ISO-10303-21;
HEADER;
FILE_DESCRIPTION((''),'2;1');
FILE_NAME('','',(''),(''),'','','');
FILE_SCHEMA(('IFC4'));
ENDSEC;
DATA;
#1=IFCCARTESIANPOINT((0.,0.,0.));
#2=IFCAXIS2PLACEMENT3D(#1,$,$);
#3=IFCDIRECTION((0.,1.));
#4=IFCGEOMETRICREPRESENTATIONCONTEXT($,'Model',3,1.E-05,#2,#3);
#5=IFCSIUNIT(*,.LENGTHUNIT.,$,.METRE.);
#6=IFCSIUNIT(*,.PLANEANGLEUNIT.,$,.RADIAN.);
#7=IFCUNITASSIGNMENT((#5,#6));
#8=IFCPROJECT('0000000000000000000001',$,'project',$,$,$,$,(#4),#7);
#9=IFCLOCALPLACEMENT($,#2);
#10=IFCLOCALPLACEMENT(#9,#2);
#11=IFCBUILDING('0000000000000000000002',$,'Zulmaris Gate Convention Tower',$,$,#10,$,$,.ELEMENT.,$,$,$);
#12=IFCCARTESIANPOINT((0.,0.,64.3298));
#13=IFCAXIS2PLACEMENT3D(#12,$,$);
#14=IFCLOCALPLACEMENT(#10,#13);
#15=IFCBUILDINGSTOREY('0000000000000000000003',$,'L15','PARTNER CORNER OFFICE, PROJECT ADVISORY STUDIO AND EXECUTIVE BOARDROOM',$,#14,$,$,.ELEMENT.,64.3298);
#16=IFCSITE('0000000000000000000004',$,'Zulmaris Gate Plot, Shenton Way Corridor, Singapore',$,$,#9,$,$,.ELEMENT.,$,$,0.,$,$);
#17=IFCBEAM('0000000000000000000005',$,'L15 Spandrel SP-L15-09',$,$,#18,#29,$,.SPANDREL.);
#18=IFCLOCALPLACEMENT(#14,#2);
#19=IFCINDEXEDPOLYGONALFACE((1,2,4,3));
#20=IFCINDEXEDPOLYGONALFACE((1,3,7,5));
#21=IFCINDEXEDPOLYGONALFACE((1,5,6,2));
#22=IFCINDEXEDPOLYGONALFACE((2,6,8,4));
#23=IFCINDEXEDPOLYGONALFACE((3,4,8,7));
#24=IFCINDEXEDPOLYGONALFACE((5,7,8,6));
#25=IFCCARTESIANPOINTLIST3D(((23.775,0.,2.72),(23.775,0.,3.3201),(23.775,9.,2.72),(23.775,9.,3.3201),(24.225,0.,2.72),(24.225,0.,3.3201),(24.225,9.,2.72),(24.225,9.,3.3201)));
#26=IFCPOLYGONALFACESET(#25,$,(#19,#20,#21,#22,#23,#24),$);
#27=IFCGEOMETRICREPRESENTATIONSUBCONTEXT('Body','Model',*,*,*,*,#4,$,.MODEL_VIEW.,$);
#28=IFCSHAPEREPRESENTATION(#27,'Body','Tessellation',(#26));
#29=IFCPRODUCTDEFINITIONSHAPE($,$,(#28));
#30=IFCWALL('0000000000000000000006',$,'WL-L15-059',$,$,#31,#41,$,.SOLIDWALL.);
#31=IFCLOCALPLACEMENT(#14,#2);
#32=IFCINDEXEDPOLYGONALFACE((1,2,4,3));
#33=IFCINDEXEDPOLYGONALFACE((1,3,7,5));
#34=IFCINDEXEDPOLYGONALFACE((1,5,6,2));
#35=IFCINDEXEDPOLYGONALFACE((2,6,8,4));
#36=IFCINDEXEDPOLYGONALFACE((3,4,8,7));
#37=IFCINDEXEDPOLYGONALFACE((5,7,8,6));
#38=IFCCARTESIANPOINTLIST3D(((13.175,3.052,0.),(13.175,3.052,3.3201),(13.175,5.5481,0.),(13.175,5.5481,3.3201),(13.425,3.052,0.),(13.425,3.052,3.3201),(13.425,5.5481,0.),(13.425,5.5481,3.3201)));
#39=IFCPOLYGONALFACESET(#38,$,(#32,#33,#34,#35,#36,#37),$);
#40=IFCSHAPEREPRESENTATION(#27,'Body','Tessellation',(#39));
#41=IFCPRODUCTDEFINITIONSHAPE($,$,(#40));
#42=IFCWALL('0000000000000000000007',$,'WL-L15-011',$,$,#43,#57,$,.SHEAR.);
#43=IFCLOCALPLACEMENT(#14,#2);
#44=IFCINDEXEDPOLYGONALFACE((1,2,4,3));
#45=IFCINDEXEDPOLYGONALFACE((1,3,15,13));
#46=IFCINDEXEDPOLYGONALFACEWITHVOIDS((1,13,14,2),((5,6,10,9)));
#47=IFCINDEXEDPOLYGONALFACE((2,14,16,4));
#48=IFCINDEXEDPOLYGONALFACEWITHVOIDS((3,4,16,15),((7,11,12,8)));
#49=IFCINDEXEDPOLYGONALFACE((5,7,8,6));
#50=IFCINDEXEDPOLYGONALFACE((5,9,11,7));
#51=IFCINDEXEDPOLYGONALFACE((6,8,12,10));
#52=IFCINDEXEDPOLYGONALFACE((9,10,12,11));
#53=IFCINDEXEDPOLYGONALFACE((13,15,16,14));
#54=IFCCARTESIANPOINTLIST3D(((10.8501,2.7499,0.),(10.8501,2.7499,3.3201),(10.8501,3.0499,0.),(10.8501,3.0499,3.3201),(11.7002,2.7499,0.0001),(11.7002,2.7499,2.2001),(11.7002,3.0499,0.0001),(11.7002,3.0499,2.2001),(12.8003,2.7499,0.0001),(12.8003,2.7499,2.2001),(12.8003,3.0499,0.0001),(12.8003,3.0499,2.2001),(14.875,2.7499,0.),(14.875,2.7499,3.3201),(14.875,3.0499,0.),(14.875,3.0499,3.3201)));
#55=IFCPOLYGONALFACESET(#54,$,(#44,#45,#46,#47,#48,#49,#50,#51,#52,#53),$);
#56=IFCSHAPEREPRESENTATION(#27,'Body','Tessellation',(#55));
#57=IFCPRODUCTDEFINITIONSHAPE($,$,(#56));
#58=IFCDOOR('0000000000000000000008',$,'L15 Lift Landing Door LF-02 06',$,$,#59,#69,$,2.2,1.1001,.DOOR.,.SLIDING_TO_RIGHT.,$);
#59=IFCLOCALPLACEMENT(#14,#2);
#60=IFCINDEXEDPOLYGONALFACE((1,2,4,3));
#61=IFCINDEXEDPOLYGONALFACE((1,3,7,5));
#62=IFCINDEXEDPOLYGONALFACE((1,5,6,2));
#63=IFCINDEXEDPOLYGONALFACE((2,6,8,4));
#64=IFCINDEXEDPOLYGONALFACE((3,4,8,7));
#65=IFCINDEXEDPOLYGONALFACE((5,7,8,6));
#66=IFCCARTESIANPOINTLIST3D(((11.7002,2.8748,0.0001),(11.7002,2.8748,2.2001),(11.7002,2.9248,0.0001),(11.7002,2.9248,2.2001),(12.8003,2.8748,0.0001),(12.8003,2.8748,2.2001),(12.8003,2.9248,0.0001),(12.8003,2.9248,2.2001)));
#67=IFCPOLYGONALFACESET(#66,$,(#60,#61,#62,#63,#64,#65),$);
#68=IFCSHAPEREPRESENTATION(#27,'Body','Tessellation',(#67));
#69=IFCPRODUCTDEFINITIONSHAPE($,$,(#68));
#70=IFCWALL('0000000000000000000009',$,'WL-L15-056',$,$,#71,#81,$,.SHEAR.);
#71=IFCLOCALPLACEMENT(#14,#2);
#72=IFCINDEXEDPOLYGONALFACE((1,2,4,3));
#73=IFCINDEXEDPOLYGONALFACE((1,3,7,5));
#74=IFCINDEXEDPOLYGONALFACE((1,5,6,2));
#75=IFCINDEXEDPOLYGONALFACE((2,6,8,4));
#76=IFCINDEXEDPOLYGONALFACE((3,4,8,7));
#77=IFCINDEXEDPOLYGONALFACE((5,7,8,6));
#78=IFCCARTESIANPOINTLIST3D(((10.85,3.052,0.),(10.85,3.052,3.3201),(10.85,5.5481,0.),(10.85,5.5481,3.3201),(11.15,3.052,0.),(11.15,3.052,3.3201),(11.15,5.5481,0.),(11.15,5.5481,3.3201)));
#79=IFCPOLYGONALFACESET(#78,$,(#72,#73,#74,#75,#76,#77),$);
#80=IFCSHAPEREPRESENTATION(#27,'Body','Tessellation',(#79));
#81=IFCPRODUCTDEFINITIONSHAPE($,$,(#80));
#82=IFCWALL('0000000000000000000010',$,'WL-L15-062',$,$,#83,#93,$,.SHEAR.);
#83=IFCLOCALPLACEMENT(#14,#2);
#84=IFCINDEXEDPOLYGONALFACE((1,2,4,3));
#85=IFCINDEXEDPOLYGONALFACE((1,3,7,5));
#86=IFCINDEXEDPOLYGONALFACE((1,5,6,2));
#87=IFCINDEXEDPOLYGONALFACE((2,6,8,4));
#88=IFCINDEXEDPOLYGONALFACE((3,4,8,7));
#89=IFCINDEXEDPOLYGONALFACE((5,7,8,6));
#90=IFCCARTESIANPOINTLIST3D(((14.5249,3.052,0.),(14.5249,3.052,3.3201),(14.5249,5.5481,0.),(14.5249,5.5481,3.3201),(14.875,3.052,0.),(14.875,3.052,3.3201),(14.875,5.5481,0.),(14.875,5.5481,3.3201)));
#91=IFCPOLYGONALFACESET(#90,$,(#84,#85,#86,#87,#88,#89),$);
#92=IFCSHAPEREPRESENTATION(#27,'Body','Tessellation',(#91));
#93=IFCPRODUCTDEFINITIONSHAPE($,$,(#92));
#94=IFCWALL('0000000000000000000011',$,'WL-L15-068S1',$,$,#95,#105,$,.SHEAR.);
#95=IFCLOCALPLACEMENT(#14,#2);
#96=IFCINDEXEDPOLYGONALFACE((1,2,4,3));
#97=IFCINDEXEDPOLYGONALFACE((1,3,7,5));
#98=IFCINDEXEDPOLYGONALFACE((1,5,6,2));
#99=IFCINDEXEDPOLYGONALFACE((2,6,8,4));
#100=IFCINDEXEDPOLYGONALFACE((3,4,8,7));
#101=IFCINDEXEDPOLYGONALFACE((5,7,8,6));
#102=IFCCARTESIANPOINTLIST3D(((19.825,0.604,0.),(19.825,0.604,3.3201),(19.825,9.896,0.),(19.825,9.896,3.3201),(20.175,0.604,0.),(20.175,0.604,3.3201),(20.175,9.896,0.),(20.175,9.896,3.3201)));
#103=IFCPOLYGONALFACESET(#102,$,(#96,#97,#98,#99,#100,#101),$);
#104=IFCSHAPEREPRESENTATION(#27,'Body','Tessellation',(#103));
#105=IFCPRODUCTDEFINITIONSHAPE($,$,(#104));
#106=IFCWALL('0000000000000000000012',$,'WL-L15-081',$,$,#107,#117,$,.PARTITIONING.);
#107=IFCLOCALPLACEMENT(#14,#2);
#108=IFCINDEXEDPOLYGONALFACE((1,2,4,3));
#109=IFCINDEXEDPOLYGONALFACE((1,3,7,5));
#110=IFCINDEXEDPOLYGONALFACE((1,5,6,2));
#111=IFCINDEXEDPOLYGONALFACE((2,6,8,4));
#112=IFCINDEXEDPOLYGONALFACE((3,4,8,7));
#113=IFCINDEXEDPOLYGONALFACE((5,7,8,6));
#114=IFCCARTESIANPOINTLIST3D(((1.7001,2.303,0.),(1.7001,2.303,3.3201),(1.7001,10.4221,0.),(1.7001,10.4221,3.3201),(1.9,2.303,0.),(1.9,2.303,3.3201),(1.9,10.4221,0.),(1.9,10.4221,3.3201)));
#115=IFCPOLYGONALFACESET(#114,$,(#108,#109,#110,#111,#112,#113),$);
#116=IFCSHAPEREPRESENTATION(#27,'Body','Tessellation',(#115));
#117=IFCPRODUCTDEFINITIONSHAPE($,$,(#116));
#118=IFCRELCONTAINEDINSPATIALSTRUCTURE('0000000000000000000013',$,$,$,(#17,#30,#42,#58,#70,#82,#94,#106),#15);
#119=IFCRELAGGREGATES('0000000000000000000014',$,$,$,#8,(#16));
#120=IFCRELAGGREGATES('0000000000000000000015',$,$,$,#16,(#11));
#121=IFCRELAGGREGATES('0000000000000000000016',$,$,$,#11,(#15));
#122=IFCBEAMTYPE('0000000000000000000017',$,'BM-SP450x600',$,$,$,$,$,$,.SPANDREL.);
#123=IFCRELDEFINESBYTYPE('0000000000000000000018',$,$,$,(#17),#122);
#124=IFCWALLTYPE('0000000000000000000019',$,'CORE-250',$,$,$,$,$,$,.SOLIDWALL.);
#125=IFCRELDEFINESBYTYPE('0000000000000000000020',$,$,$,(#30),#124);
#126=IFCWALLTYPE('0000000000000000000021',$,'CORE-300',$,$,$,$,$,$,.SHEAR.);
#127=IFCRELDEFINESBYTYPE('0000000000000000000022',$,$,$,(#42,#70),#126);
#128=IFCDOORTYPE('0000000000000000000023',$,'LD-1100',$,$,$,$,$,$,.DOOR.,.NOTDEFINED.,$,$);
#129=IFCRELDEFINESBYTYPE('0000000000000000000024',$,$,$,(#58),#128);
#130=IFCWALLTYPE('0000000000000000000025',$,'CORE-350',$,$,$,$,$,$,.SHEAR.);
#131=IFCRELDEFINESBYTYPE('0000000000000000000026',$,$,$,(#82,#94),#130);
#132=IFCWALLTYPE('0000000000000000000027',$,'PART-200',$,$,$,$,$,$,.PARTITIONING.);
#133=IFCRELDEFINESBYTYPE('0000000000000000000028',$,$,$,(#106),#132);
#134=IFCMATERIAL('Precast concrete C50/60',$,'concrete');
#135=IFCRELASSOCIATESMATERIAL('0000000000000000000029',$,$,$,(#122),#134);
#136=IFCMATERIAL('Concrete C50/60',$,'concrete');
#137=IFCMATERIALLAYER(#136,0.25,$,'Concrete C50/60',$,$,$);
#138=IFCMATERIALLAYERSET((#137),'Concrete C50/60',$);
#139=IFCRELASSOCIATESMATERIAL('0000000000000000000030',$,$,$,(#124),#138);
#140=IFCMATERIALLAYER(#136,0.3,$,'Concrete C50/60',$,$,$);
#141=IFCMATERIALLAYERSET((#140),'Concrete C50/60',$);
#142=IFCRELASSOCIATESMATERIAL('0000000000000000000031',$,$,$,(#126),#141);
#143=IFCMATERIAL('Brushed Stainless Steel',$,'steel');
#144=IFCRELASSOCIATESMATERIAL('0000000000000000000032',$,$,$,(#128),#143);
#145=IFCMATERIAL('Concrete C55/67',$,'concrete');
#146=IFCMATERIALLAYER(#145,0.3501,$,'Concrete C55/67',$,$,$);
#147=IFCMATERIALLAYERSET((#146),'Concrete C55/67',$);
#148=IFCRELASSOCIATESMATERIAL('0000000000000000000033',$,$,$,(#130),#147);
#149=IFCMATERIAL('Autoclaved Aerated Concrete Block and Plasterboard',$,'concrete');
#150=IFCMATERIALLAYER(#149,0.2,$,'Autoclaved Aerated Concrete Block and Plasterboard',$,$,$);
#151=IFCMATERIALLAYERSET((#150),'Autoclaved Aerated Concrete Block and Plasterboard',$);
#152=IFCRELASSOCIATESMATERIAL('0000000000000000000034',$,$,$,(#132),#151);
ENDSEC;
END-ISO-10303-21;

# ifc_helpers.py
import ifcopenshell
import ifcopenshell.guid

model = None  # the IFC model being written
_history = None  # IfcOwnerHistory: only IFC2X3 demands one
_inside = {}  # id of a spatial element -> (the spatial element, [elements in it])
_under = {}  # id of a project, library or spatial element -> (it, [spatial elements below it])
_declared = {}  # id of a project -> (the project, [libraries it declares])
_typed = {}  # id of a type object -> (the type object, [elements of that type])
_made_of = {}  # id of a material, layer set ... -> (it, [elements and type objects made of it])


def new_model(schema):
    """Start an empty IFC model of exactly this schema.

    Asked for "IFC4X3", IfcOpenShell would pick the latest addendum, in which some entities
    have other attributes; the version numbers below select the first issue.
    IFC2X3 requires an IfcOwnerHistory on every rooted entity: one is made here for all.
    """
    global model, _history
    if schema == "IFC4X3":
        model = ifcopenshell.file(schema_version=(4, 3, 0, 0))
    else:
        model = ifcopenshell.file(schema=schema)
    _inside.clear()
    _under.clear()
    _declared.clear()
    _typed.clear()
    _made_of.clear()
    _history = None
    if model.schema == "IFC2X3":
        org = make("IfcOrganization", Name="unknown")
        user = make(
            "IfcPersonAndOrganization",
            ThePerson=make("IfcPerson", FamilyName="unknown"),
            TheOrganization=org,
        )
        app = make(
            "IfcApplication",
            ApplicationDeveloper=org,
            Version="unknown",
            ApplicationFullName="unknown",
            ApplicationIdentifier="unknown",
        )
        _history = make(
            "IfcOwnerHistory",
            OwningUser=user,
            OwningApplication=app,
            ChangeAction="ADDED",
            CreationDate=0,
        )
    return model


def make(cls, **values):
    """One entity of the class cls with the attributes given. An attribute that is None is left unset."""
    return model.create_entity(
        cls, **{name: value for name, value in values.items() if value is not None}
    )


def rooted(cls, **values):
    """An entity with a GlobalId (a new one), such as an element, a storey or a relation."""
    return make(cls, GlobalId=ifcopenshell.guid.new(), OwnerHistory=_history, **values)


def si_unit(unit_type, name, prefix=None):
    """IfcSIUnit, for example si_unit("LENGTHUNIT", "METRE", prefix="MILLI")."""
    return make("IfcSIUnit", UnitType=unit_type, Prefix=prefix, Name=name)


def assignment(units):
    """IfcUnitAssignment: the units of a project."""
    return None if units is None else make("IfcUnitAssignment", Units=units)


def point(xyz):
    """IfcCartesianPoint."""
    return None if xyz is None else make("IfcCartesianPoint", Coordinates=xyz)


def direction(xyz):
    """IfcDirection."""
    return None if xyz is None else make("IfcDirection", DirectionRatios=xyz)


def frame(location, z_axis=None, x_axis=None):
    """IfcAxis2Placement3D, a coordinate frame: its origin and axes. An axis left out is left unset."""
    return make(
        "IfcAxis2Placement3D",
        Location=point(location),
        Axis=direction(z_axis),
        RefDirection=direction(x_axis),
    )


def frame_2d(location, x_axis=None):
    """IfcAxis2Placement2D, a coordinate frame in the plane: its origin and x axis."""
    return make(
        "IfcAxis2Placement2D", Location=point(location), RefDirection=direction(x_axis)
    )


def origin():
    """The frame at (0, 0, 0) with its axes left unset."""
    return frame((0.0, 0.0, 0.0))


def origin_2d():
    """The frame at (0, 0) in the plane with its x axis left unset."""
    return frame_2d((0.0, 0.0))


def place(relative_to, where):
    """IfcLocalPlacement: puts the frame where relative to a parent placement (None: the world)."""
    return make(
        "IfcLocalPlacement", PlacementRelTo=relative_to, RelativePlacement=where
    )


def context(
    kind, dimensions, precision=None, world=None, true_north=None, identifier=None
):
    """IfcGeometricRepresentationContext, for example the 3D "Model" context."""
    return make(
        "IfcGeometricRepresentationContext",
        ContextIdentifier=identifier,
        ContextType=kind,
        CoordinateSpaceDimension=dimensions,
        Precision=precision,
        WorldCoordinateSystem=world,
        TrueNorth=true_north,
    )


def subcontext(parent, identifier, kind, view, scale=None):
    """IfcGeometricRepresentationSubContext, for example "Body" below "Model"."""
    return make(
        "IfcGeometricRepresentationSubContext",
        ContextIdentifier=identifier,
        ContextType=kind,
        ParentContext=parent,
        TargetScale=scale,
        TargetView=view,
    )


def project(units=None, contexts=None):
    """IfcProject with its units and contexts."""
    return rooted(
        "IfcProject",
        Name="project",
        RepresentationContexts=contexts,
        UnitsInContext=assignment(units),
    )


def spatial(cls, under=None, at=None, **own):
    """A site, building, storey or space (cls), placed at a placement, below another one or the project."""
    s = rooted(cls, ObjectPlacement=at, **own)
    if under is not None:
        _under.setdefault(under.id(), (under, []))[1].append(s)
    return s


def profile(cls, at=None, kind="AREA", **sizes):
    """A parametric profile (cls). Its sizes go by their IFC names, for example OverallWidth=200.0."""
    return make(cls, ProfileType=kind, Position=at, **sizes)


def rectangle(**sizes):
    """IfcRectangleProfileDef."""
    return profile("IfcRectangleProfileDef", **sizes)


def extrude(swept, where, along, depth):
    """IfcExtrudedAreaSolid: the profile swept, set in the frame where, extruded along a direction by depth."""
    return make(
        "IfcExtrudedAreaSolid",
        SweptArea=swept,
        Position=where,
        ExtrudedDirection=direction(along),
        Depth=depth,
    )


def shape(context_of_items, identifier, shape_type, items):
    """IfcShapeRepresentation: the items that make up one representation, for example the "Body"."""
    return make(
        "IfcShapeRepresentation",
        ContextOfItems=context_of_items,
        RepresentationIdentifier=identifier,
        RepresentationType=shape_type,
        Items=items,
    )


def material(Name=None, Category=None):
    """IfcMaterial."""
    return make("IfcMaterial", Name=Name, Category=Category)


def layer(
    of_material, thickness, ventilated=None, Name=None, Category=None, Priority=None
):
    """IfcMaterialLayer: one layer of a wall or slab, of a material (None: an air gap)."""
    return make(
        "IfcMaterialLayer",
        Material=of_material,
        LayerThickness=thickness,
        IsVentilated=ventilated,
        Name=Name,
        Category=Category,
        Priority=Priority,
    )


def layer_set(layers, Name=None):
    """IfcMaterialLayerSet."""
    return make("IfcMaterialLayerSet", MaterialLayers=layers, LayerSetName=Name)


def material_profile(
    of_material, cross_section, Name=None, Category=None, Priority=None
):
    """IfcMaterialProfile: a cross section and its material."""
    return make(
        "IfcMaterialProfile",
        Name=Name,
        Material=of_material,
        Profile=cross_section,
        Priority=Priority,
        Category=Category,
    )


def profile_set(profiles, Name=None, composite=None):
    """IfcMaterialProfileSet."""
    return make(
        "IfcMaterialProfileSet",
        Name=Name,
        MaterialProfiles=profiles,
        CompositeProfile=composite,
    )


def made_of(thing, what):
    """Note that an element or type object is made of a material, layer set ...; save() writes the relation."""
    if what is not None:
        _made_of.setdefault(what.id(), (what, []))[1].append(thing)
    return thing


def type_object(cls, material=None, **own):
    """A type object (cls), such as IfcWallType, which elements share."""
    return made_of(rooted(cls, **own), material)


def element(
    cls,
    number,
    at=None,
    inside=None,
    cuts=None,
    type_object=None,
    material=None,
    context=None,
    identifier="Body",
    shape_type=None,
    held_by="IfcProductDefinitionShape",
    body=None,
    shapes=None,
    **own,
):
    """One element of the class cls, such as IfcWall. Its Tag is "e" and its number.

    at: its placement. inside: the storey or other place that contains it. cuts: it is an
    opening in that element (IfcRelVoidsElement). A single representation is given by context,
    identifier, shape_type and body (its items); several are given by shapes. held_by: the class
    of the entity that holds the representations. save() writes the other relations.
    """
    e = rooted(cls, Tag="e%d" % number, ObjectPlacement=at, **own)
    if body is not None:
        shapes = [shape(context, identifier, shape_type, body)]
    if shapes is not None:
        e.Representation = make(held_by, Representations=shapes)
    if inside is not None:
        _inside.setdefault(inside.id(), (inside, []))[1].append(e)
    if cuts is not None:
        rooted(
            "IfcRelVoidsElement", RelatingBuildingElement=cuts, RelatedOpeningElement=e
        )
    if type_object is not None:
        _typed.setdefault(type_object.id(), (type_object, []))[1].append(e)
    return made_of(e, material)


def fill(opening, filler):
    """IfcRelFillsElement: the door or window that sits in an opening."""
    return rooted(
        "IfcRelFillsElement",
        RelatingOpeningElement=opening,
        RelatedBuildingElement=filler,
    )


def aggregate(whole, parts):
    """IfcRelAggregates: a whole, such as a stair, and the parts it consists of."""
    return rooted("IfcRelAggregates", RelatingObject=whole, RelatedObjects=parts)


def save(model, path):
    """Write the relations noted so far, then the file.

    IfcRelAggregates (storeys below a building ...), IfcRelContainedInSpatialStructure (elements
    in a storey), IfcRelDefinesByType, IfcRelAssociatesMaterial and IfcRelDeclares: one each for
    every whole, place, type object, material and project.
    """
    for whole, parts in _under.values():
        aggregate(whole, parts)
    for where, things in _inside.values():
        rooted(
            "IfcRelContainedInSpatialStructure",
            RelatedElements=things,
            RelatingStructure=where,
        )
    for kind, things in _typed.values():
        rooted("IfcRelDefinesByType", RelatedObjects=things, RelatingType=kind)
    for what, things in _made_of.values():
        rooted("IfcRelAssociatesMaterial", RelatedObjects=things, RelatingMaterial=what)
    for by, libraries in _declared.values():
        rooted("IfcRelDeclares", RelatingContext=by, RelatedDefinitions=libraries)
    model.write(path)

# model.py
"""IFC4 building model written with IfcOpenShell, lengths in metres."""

from ifc_helpers import new_model, si_unit, direction, frame, frame_2d, origin, origin_2d, place, context, subcontext, project, spatial, rectangle, extrude, material, layer, layer_set, material_profile, profile_set, type_object, element, fill, save


model = new_model("IFC4")

# Units and contexts
model_context = context("Model", 3, precision=1e-05, world=origin(), true_north=direction((0.0, 1.0)))
body_context = subcontext(model_context, "Body", "Model", "MODEL_VIEW")
ifc_project = project(units=[si_unit("LENGTHUNIT", "METRE"), si_unit("PLANEANGLEUNIT", "RADIAN")], contexts=[model_context])

# Site, building, storey
site_placement = place(None, origin())
site = spatial("IfcSite", under=ifc_project, at=site_placement, Name="Zulmaris Gate Plot, Shenton Way Corridor, Singapore", CompositionType="ELEMENT", RefElevation=0.0)
building_placement = place(site_placement, origin())
building = spatial("IfcBuilding", under=site, at=building_placement, Name="Zulmaris Gate Convention Tower", CompositionType="ELEMENT")
storey_placement = place(building_placement, frame((0.0, 0.0, 64.3298)))
storey = spatial("IfcBuildingStorey", under=building, at=storey_placement, Name="L15", Description="PARTNER CORNER OFFICE, PROJECT ADVISORY STUDIO AND EXECUTIVE BOARDROOM", CompositionType="ELEMENT", Elevation=64.3298)

# Beam
ifc_material_1 = material(Name="Precast concrete C50/60", Category="concrete")
ifc_material_profile_1 = material_profile(ifc_material_1, rectangle(XDim=0.45, YDim=0.6001, at=origin_2d()), Name="RC SPANDREL 450x600")
ifc_profile_set_1 = profile_set([ifc_material_profile_1], Name="Precast concrete C50/60")
beam_type_1 = type_object("IfcBeamType", Name="BM-SP450x600", PredefinedType="SPANDREL", material=ifc_profile_set_1)
beam_1_placement = place(storey_placement, frame((24.0, 0.0, 3.02), z_axis=(0.0, 1.0, 0.0), x_axis=(-1.0, 0.0, 0.0)))
element("IfcBeam", 1, at=beam_1_placement, inside=storey, type_object=beam_type_1, Name="L15 Spandrel SP-L15-09", PredefinedType="SPANDREL", context=body_context, shape_type="SweptSolid", body=[
    extrude(rectangle(XDim=0.45, YDim=0.6001, at=origin_2d()), origin(), (0.0, 0.0, 1.0), 9.0),
])

# Wall
ifc_material_2 = material(Name="Concrete C50/60", Category="concrete")
ifc_layer_1 = layer(ifc_material_2, 0.25, Name="Concrete C50/60")
ifc_layer_set_1 = layer_set([ifc_layer_1], Name="Concrete C50/60")
wall_type_1 = type_object("IfcWallType", Name="CORE-250", PredefinedType="SOLIDWALL", material=ifc_layer_set_1)
wall_1_placement = place(storey_placement, frame((13.3, 3.052, 0.0), z_axis=(0.0, 0.0, 1.0), x_axis=(0.0, 1.0, 0.0)))
element("IfcWall", 2, at=wall_1_placement, inside=storey, type_object=wall_type_1, Name="WL-L15-059", PredefinedType="SOLIDWALL", context=body_context, shape_type="SweptSolid", body=[
    extrude(rectangle(XDim=2.4961, YDim=0.25, at=frame_2d((1.248, 0.0))), origin(), (0.0, 0.0, 1.0), 3.3201),
])

# Wall, opening, door
ifc_layer_2 = layer(ifc_material_2, 0.3, Name="Concrete C50/60")
ifc_layer_set_2 = layer_set([ifc_layer_2], Name="Concrete C50/60")
wall_type_2 = type_object("IfcWallType", Name="CORE-300", PredefinedType="SHEAR", material=ifc_layer_set_2)
wall_2_placement = place(storey_placement, frame((10.8501, 2.8999, 0.0), z_axis=(0.0, 0.0, 1.0), x_axis=(1.0, 0.0, 0.0)))
wall_2 = element("IfcWall", 3, at=wall_2_placement, inside=storey, type_object=wall_type_2, Name="WL-L15-011", PredefinedType="SHEAR", context=body_context, shape_type="SweptSolid", body=[
    extrude(rectangle(XDim=4.0249, YDim=0.3, at=frame_2d((2.0125, 0.0))), origin(), (0.0, 0.0, 1.0), 3.3201),
])
opening_1_placement = place(wall_2_placement, frame((0.8501, 0.0, 0.0)))
opening_1 = element("IfcOpeningElement", 4, at=opening_1_placement, cuts=wall_2, PredefinedType="OPENING", context=body_context, shape_type="SweptSolid", body=[
    extrude(rectangle(XDim=1.1001, YDim=2.2, at=frame_2d((0.55, 1.1001))), frame((0.0, 0.1602, 0.0), z_axis=(0.0, -1.0, 0.0), x_axis=(1.0, 0.0, 0.0)), (0.0, 0.0, 1.0), 0.3201),
])
ifc_material_3 = material(Name="Brushed Stainless Steel", Category="steel")
door_type_1 = type_object("IfcDoorType", Name="LD-1100", OperationType="NOTDEFINED", PredefinedType="DOOR", material=ifc_material_3)
door_1_placement = place(opening_1_placement, origin())
door_1 = element("IfcDoor", 5, at=door_1_placement, inside=storey, type_object=door_type_1, Name="L15 Lift Landing Door LF-02 06", OperationType="SLIDING_TO_RIGHT", OverallHeight=2.2, OverallWidth=1.1001, PredefinedType="DOOR", context=body_context, shape_type="SweptSolid", body=[
    extrude(rectangle(XDim=1.1001, YDim=2.2, at=frame_2d((0.55, 1.1001))), frame((0.0, 0.0249, 0.0), z_axis=(0.0, -1.0, 0.0), x_axis=(1.0, 0.0, 0.0)), (0.0, 0.0, 1.0), 0.05),
])
fill(opening_1, door_1)

# Walls
wall_3_placement = place(storey_placement, frame((11.0, 3.052, 0.0), z_axis=(0.0, 0.0, 1.0), x_axis=(0.0, 1.0, 0.0)))
element("IfcWall", 6, at=wall_3_placement, inside=storey, type_object=wall_type_2, Name="WL-L15-056", PredefinedType="SHEAR", context=body_context, shape_type="SweptSolid", body=[
    extrude(rectangle(XDim=2.4961, YDim=0.3, at=frame_2d((1.248, 0.0))), origin(), (0.0, 0.0, 1.0), 3.3201),
])
ifc_material_4 = material(Name="Concrete C55/67", Category="concrete")
ifc_layer_3 = layer(ifc_material_4, 0.3501, Name="Concrete C55/67")
ifc_layer_set_3 = layer_set([ifc_layer_3], Name="Concrete C55/67")
wall_type_3 = type_object("IfcWallType", Name="CORE-350", PredefinedType="SHEAR", material=ifc_layer_set_3)
wall_4_placement = place(storey_placement, frame((14.7, 3.052, 0.0), z_axis=(0.0, 0.0, 1.0), x_axis=(0.0, 1.0, 0.0)))
element("IfcWall", 7, at=wall_4_placement, inside=storey, type_object=wall_type_3, Name="WL-L15-062", PredefinedType="SHEAR", context=body_context, shape_type="SweptSolid", body=[
    extrude(rectangle(XDim=2.4961, YDim=0.3501, at=frame_2d((1.248, 0.0))), origin(), (0.0, 0.0, 1.0), 3.3201),
])
wall_5_placement = place(storey_placement, frame((20.0, 0.604, 0.0), z_axis=(0.0, 0.0, 1.0), x_axis=(0.0, 1.0, 0.0)))
element("IfcWall", 8, at=wall_5_placement, inside=storey, type_object=wall_type_3, Name="WL-L15-068S1", PredefinedType="SHEAR", context=body_context, shape_type="SweptSolid", body=[
    extrude(rectangle(XDim=9.292, YDim=0.3501, at=frame_2d((4.646, 0.0))), origin(), (0.0, 0.0, 1.0), 3.3201),
])
ifc_material_5 = material(Name="Autoclaved Aerated Concrete Block and Plasterboard", Category="concrete")
ifc_layer_4 = layer(ifc_material_5, 0.2, Name="Autoclaved Aerated Concrete Block and Plasterboard")
ifc_layer_set_4 = layer_set([ifc_layer_4], Name="Autoclaved Aerated Concrete Block and Plasterboard")
wall_type_4 = type_object("IfcWallType", Name="PART-200", PredefinedType="PARTITIONING", material=ifc_layer_set_4)
wall_6_placement = place(storey_placement, frame((1.8, 2.303, 0.0), z_axis=(0.0, 0.0, 1.0), x_axis=(0.0, 1.0, 0.0)))
element("IfcWall", 9, at=wall_6_placement, inside=storey, type_object=wall_type_4, Name="WL-L15-081", PredefinedType="PARTITIONING", context=body_context, shape_type="SweptSolid", body=[
    extrude(rectangle(XDim=8.1191, YDim=0.2, at=frame_2d((4.0596, 0.0))), origin(), (0.0, 0.0, 1.0), 3.3201),
])

save(model, "model.ifc")
